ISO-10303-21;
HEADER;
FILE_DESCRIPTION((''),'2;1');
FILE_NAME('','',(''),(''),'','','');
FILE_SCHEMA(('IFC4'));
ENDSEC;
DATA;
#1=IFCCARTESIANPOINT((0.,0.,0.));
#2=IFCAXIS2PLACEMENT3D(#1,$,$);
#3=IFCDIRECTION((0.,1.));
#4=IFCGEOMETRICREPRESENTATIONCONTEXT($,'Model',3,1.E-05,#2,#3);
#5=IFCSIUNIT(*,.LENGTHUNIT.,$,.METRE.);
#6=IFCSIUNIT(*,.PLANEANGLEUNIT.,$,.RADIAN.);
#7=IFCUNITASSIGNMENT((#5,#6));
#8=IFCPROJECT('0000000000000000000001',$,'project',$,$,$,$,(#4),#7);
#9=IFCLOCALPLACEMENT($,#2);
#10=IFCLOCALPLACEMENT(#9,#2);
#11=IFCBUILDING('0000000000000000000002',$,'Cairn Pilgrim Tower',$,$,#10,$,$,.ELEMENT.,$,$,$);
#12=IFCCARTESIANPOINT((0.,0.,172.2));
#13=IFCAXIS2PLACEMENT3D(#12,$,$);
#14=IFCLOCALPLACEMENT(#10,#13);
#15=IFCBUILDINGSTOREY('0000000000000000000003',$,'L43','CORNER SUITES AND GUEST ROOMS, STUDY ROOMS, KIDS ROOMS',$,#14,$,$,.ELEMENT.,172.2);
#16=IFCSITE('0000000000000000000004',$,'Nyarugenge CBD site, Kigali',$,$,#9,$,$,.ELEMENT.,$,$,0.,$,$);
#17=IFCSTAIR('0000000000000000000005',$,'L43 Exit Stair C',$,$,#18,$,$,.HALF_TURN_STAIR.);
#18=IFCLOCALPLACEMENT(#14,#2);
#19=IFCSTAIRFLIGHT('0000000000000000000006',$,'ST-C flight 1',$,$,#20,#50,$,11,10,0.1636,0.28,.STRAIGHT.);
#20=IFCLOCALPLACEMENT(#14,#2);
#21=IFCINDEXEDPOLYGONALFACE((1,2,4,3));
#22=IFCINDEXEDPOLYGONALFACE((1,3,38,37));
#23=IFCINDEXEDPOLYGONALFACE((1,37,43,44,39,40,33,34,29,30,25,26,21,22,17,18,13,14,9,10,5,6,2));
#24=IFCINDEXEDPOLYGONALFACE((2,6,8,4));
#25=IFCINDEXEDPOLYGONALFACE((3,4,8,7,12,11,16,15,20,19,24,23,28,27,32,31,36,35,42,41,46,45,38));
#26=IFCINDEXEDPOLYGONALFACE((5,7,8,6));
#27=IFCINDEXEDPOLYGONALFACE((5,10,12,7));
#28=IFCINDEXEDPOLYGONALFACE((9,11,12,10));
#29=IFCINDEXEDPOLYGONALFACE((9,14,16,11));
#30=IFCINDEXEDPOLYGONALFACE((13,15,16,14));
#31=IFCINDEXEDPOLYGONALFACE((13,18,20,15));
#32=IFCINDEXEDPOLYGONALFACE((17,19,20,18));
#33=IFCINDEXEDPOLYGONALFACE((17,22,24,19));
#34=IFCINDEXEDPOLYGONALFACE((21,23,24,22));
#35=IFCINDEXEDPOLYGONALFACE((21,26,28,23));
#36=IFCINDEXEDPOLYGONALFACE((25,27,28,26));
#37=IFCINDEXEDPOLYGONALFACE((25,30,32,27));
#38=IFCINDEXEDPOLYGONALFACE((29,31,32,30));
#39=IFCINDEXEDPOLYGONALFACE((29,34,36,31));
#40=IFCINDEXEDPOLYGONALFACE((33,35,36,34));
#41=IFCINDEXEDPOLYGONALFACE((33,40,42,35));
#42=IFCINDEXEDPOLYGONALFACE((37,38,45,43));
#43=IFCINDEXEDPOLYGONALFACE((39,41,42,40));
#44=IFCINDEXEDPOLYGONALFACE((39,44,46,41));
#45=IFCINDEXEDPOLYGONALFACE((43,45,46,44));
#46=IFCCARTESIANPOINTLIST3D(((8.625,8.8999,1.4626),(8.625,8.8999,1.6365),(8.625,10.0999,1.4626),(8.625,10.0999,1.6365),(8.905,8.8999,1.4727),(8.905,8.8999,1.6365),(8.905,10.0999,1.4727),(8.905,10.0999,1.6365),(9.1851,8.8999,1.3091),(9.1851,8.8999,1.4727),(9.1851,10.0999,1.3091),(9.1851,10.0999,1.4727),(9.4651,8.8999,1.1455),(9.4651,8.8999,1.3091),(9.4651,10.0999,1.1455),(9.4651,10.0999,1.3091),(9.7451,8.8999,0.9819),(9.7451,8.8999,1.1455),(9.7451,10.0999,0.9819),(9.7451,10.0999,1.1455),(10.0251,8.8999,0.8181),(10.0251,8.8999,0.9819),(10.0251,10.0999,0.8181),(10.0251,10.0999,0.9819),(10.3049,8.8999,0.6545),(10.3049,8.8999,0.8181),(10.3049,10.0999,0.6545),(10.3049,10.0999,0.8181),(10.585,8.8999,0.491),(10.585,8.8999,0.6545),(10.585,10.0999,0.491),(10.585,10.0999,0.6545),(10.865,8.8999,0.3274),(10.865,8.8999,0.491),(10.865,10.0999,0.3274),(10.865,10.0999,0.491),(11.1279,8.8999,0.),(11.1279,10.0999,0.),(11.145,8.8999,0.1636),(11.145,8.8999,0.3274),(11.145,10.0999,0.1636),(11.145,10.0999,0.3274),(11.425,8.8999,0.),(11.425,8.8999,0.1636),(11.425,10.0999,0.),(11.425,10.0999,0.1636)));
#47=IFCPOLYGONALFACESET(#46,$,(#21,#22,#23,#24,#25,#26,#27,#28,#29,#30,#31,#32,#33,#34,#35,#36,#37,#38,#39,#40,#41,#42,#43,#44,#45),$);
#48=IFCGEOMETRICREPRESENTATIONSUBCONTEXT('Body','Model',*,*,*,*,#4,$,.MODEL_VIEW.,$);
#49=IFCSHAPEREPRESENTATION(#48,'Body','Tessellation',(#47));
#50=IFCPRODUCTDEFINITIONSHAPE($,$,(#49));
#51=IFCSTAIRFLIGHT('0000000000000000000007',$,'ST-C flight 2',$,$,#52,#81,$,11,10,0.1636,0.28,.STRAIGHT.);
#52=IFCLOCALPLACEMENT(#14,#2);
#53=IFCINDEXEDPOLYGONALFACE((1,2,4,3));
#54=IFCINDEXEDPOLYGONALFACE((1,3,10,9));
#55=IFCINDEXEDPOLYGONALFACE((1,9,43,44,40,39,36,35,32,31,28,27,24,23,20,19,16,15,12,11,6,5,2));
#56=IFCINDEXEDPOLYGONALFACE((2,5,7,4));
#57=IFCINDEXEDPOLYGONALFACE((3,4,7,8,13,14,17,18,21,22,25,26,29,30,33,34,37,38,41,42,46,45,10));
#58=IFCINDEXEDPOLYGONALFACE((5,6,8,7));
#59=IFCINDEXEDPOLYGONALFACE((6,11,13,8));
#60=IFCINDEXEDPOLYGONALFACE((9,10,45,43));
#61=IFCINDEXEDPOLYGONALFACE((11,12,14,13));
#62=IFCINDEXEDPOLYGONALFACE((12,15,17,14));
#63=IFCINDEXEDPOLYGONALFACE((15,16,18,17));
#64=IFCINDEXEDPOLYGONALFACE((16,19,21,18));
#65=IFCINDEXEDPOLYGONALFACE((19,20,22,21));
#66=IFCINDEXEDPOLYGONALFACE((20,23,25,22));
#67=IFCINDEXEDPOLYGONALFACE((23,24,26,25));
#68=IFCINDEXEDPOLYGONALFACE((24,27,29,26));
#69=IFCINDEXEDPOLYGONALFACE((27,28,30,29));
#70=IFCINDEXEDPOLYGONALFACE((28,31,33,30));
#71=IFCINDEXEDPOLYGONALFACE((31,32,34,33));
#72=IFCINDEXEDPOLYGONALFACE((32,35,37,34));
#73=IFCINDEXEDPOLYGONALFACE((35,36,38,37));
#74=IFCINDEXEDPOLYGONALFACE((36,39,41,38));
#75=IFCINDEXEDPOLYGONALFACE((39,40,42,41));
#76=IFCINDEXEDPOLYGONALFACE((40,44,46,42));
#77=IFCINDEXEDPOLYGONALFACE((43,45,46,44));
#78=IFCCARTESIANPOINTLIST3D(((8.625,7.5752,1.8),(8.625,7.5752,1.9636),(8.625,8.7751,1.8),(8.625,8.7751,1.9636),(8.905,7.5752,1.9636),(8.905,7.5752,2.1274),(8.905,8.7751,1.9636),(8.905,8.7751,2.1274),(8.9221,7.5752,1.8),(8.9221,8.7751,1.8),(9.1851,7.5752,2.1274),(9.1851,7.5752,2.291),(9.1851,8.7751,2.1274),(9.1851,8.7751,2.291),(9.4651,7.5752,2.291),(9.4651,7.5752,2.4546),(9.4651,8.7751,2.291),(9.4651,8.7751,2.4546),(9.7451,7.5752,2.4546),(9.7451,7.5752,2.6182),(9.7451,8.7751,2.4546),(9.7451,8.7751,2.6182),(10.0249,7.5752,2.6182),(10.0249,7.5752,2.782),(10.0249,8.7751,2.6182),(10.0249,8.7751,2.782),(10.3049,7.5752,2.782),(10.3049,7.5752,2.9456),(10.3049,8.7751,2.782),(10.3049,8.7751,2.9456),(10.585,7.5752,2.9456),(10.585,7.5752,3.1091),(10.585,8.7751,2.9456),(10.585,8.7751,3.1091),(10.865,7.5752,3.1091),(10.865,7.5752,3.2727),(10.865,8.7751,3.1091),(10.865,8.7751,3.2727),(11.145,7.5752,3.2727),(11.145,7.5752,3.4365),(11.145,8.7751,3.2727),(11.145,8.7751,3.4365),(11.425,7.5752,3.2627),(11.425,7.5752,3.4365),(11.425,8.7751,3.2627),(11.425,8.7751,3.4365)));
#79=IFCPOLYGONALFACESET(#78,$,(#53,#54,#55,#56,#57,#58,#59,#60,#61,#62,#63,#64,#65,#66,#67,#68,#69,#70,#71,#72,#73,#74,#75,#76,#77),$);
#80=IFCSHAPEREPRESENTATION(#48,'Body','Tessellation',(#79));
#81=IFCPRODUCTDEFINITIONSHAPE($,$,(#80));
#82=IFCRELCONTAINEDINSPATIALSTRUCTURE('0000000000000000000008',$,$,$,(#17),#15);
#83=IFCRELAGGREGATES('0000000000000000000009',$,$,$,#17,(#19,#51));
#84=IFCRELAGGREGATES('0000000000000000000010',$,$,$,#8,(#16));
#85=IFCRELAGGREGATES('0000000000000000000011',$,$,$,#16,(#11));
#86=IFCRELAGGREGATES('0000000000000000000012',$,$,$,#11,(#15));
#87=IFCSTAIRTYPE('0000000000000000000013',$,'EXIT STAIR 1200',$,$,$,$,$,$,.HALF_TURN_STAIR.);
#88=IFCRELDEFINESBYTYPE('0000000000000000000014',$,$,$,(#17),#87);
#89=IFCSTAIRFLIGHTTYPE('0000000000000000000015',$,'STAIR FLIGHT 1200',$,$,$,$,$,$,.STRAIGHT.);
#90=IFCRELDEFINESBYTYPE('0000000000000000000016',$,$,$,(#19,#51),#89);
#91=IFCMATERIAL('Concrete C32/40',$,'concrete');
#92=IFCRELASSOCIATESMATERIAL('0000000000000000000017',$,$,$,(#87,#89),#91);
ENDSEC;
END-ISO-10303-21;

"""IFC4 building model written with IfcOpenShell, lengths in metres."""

from ifc_helpers import new_model, si_unit, direction, frame, origin, place, context, subcontext, project, spatial, polyline, outline, extrude, material, type_object, element, aggregate, save


model = new_model("IFC4")

# Units and contexts
model_context = context("Model", 3, precision=1e-05, world=origin(), true_north=direction((0.0, 1.0)))
body_context = subcontext(model_context, "Body", "Model", "MODEL_VIEW")
ifc_project = project(units=[si_unit("LENGTHUNIT", "METRE"), si_unit("PLANEANGLEUNIT", "RADIAN")], contexts=[model_context])

# Site, building, storey
site_placement = place(None, origin())
site = spatial("IfcSite", under=ifc_project, at=site_placement, Name="Nyarugenge CBD site, Kigali", CompositionType="ELEMENT", RefElevation=0.0)
building_placement = place(site_placement, origin())
building = spatial("IfcBuilding", under=site, at=building_placement, Name="Cairn Pilgrim Tower", CompositionType="ELEMENT")
storey_placement = place(building_placement, frame((0.0, 0.0, 172.2)))
storey = spatial("IfcBuildingStorey", under=building, at=storey_placement, Name="L43", Description="CORNER SUITES AND GUEST ROOMS, STUDY ROOMS, KIDS ROOMS", CompositionType="ELEMENT", Elevation=172.2)

# Shared definitions
ifc_material_1 = material(Name="Concrete C32/40", Category="concrete")

# Shared definitions
stair_type = type_object("IfcStairType", Name="EXIT STAIR 1200", PredefinedType="HALF_TURN_STAIR", material=ifc_material_1)
stair_flight_type = type_object("IfcStairFlightType", Name="STAIR FLIGHT 1200", PredefinedType="STRAIGHT", material=ifc_material_1)

# Stair, stair flights
stair_1_placement = place(storey_placement, origin())
stair_1 = element("IfcStair", 1, at=stair_1_placement, inside=storey, type_object=stair_type, Name="L43 Exit Stair C", PredefinedType="HALF_TURN_STAIR")
stair_flight_1_placement = place(storey_placement, frame((11.425, 9.5, 0.0), z_axis=(0.0, 0.0, 1.0), x_axis=(-1.0, 0.0, 0.0)))
stair_flight_1 = element("IfcStairFlight", 2, at=stair_flight_1_placement, type_object=stair_flight_type, Name="ST-C flight 1", NumberOfRisers=11, NumberOfTreads=10, PredefinedType="STRAIGHT", RiserHeight=0.1636, TreadLength=0.28, context=body_context, shape_type="SweptSolid", body=[
    extrude(outline(polyline([(0.0, 0.0), (0.0, 0.1636), (0.28, 0.1636), (0.28, 0.3274), (0.5601, 0.3274), (0.5601, 0.491), (0.8401, 0.491), (0.8401, 0.6545), (1.1201, 0.6545), (1.1201, 0.8181), (1.3999, 0.8181), (1.3999, 0.9819), (1.6799, 0.9819), (1.6799, 1.1455), (1.96, 1.1455), (1.96, 1.3091), (2.24, 1.3091), (2.24, 1.4727), (2.52, 1.4727), (2.52, 1.6365), (2.8, 1.6365), (2.8, 1.8), (2.8, 1.4626), (0.2971, 0.0), (0.0, 0.0)])), frame((0.0, 0.6001, 0.0), z_axis=(0.0, -1.0, 0.0), x_axis=(1.0, 0.0, 0.0)), (0.0, 0.0, 1.0), 1.2),
])
stair_flight_2_placement = place(storey_placement, frame((8.625, 8.175, 1.8), z_axis=(0.0, 0.0, 1.0), x_axis=(1.0, 0.0, 0.0)))
stair_flight_2 = element("IfcStairFlight", 3, at=stair_flight_2_placement, type_object=stair_flight_type, Name="ST-C flight 2", NumberOfRisers=11, NumberOfTreads=10, PredefinedType="STRAIGHT", RiserHeight=0.1636, TreadLength=0.28, context=body_context, shape_type="SweptSolid", body=[
    extrude(outline(polyline([(0.0, 0.0), (0.0, 0.1636), (0.28, 0.1636), (0.28, 0.3274), (0.5601, 0.3274), (0.5601, 0.491), (0.8401, 0.491), (0.8401, 0.6545), (1.1201, 0.6545), (1.1201, 0.8181), (1.3999, 0.8181), (1.3999, 0.9819), (1.6799, 0.9819), (1.6799, 1.1455), (1.96, 1.1455), (1.96, 1.3091), (2.24, 1.3091), (2.24, 1.4727), (2.52, 1.4727), (2.52, 1.6365), (2.8, 1.6365), (2.8, 1.8), (2.8, 1.4626), (0.2971, 0.0), (0.0, 0.0)])), frame((0.0, 0.6001, 0.0), z_axis=(0.0, -1.0, 0.0), x_axis=(1.0, 0.0, 0.0)), (0.0, 0.0, 1.0), 1.2),
])
aggregate(stair_1, [stair_flight_1, stair_flight_2])

save(model, "model.ifc")
